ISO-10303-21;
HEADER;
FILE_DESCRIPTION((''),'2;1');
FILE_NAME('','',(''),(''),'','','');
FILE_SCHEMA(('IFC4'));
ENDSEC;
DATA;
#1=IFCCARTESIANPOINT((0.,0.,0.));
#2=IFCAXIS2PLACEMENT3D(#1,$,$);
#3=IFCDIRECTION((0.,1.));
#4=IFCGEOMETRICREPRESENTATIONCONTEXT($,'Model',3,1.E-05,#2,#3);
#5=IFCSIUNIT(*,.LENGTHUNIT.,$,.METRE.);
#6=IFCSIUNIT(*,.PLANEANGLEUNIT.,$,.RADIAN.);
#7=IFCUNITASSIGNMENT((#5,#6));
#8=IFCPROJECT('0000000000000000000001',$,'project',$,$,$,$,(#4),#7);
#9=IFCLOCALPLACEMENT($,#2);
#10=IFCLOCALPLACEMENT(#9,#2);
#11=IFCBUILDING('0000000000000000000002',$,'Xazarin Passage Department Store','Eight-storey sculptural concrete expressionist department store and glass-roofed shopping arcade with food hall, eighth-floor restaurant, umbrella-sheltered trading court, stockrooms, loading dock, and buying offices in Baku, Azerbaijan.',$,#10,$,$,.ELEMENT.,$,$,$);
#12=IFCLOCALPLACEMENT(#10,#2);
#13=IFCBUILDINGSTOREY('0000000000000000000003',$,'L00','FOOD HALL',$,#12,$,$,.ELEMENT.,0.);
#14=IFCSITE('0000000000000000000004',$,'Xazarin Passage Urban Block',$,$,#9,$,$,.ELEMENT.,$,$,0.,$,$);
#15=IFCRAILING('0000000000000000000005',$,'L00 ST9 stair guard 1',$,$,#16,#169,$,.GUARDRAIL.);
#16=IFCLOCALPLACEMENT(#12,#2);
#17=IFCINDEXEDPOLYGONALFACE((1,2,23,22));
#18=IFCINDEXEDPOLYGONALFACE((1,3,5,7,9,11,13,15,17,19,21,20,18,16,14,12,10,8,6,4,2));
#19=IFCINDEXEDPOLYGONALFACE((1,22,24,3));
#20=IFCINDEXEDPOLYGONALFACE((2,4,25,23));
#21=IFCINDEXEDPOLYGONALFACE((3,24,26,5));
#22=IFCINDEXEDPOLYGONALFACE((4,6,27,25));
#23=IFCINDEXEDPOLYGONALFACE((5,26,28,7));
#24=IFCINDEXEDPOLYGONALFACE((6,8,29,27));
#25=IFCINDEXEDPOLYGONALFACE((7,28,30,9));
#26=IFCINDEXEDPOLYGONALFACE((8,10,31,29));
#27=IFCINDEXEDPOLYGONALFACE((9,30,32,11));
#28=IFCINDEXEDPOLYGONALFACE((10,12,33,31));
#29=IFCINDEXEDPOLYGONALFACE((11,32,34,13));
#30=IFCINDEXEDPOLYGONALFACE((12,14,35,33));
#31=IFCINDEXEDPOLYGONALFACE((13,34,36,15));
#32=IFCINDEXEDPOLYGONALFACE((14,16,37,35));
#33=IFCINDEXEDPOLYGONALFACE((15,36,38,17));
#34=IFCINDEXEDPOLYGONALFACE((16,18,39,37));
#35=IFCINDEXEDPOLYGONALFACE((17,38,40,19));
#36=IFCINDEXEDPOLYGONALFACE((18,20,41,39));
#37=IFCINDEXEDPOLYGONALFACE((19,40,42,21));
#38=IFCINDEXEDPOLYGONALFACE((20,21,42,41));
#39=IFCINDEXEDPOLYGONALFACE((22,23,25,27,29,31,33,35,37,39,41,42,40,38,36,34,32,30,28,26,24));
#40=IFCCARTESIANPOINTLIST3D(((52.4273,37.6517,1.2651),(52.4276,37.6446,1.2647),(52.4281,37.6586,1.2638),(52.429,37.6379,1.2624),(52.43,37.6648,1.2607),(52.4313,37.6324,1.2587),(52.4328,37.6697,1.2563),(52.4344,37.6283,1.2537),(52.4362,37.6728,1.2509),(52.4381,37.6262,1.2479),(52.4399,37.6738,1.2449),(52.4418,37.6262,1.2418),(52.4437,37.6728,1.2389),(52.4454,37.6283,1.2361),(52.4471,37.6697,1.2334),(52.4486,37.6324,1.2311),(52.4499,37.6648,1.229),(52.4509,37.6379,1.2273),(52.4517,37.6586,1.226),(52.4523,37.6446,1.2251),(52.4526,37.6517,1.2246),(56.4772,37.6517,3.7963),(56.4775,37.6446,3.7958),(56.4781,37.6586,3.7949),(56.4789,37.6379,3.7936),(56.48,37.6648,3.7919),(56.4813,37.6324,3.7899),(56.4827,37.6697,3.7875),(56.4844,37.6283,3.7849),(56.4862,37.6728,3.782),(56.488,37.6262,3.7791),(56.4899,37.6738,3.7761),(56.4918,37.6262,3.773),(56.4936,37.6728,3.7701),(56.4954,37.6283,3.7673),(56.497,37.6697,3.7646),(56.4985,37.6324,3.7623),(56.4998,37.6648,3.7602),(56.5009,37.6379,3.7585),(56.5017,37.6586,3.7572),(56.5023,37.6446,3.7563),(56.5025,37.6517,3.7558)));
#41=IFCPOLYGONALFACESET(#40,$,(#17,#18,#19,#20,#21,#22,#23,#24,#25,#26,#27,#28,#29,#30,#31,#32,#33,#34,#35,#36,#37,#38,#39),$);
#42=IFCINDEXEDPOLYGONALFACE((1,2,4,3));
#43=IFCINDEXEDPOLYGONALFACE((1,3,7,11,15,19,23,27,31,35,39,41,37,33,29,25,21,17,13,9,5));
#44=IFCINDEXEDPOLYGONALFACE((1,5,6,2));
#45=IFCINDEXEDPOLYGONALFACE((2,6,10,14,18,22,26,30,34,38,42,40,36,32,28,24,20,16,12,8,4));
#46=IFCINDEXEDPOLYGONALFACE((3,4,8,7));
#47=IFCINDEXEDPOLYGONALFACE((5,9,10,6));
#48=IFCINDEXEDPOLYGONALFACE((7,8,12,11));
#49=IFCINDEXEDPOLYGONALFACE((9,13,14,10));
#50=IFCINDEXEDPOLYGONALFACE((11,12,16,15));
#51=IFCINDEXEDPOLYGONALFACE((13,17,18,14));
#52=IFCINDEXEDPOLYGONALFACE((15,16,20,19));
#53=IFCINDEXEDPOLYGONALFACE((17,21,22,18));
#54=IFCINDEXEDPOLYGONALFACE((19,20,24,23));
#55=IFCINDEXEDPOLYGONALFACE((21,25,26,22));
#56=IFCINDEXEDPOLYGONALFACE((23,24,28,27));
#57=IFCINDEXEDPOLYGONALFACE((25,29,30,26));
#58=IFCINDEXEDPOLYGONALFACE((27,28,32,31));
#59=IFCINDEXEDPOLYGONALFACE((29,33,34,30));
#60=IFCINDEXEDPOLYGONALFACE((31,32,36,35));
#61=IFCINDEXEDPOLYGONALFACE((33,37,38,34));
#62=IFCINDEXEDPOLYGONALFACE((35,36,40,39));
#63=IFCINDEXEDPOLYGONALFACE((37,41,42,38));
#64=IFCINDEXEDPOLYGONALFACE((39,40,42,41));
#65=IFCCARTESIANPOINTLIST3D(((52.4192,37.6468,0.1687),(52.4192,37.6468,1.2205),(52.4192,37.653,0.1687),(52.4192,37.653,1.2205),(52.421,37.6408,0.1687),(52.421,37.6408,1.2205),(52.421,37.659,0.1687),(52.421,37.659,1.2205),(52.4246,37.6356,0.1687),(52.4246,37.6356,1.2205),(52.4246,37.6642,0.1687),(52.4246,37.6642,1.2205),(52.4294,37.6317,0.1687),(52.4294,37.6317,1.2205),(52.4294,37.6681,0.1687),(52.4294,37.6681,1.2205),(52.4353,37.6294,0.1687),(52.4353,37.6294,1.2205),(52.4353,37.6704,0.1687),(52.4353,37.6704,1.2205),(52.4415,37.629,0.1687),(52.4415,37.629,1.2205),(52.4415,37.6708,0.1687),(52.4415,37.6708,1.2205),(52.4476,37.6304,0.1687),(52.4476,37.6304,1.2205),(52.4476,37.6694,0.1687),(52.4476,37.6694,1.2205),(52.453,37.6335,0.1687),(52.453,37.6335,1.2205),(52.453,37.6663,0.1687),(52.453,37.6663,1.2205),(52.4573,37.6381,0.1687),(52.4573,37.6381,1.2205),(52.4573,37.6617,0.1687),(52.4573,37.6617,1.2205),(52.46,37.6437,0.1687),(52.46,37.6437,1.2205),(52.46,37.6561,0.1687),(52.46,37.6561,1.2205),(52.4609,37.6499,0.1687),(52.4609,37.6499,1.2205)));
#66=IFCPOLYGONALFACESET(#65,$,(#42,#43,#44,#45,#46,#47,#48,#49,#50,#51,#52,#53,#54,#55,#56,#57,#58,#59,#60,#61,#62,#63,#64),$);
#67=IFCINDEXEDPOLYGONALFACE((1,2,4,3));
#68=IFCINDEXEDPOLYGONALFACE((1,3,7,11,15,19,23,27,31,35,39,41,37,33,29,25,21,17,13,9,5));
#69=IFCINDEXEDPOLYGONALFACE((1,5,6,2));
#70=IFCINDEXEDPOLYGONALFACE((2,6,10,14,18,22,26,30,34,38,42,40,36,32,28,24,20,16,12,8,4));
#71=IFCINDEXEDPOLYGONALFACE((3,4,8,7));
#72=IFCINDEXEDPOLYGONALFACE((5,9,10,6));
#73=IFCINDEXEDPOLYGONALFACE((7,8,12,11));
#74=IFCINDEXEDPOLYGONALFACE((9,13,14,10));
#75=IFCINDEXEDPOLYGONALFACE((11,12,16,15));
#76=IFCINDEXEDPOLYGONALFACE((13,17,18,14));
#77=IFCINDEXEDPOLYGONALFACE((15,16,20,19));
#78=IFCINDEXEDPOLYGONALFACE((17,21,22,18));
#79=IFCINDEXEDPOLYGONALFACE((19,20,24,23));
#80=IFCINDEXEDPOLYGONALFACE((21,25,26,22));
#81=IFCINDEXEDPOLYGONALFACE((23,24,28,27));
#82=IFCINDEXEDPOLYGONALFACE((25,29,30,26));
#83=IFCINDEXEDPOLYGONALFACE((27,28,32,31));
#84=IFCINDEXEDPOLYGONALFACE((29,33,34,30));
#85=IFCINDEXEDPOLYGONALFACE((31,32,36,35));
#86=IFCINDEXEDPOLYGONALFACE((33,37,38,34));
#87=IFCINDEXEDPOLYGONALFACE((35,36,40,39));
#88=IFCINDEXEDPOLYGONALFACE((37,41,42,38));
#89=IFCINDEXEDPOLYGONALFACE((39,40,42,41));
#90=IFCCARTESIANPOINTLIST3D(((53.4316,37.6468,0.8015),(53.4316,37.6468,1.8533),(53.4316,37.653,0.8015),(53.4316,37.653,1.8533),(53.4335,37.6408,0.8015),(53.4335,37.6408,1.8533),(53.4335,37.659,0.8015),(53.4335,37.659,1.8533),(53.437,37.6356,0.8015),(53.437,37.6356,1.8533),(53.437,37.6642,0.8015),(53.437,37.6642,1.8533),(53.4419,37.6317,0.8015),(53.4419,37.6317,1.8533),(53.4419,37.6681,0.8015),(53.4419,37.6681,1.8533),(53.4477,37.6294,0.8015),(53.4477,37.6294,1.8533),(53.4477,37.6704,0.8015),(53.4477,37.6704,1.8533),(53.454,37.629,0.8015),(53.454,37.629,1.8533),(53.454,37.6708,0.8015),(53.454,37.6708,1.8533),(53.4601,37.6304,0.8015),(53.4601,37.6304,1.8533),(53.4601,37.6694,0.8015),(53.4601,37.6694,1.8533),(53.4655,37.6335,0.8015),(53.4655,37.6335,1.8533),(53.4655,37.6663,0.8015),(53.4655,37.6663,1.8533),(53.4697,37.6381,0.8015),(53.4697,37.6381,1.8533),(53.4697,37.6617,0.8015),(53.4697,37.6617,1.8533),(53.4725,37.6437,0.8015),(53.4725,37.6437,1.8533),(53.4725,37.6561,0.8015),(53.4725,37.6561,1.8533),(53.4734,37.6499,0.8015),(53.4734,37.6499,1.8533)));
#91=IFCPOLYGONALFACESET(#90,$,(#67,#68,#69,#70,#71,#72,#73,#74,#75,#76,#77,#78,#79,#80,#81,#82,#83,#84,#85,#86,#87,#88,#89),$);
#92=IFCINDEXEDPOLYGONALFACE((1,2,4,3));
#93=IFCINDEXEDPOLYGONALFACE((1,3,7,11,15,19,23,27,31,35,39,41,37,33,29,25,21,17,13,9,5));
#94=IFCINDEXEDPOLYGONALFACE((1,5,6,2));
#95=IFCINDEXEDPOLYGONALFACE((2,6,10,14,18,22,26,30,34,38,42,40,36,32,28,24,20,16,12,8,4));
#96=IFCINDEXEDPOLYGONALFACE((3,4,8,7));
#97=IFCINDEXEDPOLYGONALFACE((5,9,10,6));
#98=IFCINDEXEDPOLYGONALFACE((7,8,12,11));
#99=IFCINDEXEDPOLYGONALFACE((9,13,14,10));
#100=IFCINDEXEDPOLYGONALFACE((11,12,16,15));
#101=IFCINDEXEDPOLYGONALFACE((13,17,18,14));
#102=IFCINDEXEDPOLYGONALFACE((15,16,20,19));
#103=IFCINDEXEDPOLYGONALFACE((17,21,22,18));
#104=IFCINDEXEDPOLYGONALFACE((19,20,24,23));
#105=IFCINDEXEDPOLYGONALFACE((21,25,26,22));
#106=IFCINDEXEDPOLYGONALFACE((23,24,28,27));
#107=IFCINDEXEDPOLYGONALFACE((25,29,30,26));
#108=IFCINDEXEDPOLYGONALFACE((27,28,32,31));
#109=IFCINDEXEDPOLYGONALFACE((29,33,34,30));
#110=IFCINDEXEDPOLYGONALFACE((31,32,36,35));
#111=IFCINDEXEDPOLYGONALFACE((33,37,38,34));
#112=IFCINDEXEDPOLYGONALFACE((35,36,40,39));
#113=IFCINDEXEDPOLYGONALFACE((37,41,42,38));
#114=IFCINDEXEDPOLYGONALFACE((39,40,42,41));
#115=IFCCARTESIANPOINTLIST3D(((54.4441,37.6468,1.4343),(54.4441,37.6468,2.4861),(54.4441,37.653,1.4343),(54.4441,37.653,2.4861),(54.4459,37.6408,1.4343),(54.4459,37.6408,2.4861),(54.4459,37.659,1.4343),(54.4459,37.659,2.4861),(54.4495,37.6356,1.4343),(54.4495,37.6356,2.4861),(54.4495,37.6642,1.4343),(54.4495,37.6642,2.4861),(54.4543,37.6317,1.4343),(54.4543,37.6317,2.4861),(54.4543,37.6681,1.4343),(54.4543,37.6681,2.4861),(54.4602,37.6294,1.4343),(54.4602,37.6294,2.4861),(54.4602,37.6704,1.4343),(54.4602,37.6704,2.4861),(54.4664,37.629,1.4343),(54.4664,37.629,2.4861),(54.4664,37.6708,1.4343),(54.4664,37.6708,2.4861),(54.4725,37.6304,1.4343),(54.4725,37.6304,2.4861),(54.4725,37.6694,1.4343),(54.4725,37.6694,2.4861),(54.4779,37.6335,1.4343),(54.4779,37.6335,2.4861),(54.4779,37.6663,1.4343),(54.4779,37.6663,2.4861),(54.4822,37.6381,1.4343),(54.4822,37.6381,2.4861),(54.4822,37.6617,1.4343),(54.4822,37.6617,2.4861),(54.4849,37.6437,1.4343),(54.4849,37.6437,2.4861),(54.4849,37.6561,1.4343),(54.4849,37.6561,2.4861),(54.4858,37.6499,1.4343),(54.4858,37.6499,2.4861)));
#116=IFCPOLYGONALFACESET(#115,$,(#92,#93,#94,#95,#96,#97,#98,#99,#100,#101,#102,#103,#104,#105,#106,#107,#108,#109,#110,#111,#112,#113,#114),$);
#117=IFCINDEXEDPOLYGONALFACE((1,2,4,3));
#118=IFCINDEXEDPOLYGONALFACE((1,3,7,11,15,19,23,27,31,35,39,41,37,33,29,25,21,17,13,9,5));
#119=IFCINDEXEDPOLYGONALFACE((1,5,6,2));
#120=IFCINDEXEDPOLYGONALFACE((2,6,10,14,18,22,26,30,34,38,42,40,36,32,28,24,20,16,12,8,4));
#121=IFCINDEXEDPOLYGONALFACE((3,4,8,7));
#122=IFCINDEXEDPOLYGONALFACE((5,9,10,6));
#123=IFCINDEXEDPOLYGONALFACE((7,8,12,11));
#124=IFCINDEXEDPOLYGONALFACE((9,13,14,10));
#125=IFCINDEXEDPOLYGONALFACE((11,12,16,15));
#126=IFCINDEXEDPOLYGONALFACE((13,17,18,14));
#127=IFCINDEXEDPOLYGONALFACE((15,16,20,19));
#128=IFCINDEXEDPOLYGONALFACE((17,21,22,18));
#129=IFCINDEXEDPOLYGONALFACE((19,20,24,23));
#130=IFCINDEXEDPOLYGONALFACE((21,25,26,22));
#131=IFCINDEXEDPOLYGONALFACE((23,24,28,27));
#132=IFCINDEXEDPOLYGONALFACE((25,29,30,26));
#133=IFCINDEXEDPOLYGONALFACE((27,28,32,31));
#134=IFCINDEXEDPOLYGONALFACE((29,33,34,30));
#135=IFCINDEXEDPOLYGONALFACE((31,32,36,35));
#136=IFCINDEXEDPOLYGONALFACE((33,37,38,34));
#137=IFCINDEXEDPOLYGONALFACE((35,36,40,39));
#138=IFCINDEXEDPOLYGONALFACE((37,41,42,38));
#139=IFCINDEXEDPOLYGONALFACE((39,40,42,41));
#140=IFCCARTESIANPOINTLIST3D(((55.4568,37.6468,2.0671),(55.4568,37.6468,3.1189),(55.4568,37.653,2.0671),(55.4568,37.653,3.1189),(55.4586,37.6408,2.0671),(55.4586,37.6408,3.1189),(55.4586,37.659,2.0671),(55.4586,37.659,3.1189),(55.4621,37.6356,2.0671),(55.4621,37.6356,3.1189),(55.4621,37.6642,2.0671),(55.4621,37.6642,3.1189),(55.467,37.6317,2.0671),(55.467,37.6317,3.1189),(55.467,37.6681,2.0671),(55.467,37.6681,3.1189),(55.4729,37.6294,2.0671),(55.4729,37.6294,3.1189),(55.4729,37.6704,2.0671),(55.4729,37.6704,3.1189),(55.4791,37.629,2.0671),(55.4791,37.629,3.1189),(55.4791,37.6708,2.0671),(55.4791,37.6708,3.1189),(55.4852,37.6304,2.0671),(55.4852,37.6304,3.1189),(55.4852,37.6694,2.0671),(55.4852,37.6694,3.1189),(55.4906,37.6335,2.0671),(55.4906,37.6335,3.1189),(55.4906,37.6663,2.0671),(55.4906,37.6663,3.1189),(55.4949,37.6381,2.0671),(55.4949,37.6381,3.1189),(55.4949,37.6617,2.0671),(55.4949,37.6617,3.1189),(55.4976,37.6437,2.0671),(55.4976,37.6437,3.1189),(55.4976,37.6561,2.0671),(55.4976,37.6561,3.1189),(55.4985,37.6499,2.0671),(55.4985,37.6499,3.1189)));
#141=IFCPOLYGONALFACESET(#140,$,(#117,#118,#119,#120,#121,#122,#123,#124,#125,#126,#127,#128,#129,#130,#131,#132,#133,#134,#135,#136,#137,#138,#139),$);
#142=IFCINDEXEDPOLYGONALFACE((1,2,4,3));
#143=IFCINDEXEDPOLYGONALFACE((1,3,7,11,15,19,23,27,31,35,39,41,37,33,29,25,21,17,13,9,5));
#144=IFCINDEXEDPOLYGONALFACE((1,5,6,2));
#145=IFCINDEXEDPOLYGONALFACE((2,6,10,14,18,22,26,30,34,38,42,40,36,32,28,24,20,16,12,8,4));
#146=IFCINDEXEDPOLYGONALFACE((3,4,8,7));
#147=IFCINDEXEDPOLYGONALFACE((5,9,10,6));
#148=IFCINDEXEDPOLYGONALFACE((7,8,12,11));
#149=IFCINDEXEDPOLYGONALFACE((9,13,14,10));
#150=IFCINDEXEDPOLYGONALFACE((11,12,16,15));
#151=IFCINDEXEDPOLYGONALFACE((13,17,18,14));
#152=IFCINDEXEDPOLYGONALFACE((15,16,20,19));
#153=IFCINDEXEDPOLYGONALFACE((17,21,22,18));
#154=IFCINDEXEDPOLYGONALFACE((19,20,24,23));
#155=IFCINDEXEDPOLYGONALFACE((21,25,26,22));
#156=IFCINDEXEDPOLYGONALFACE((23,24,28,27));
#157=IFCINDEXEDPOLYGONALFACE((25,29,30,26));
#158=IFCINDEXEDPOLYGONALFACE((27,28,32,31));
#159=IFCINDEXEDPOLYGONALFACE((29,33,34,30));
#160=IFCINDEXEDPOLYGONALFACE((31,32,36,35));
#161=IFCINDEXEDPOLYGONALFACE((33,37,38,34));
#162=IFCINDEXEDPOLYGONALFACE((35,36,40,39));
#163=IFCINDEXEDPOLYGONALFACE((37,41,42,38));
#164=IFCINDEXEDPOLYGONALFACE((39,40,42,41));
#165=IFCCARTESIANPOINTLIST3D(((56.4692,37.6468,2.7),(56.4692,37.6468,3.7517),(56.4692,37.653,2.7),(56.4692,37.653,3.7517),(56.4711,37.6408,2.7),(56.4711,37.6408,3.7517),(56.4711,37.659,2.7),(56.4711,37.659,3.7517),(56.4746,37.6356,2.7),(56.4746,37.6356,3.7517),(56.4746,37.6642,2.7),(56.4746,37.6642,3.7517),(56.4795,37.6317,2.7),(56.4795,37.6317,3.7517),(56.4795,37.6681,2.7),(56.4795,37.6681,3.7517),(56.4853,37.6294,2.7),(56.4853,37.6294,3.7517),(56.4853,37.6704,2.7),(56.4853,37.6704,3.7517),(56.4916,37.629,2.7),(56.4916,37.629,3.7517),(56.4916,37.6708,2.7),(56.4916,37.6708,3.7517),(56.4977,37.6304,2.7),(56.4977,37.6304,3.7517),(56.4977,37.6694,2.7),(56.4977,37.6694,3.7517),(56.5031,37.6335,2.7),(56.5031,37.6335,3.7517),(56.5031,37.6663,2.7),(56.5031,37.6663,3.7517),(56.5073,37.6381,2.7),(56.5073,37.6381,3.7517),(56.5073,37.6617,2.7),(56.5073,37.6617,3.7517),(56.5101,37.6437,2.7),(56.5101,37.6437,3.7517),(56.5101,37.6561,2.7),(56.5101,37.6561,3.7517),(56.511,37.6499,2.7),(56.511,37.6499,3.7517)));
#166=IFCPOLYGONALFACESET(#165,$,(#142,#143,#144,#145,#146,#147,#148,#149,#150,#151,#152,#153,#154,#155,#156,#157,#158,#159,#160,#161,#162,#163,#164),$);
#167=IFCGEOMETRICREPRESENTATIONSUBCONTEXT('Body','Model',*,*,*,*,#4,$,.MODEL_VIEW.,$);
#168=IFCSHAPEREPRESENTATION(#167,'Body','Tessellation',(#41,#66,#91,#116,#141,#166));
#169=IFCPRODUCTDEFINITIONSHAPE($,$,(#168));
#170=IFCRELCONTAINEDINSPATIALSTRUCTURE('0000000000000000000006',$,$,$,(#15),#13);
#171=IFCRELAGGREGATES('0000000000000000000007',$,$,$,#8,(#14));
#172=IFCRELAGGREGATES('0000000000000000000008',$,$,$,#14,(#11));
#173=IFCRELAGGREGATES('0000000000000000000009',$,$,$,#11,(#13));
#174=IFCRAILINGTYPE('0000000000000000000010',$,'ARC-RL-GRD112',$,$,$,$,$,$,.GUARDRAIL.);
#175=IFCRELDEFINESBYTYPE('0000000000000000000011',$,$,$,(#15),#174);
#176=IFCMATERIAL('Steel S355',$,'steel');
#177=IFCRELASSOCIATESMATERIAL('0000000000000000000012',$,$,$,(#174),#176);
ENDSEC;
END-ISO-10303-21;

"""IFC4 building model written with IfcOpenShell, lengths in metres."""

from ifc_helpers import new_model, si_unit, direction, frame, origin, origin_2d, place, context, subcontext, project, spatial, circle, extrude, material, type_object, element, save


model = new_model("IFC4")

# Units and contexts
model_context = context("Model", 3, precision=1e-05, world=origin(), true_north=direction((0.0, 1.0)))
body_context = subcontext(model_context, "Body", "Model", "MODEL_VIEW")
ifc_project = project(units=[si_unit("LENGTHUNIT", "METRE"), si_unit("PLANEANGLEUNIT", "RADIAN")], contexts=[model_context])

# Site, building, storey
site_placement = place(None, origin())
site = spatial("IfcSite", under=ifc_project, at=site_placement, Name="Xazarin Passage Urban Block", CompositionType="ELEMENT", RefElevation=0.0)
building_placement = place(site_placement, origin())
building = spatial("IfcBuilding", under=site, at=building_placement, Name="Xazarin Passage Department Store", Description="Eight-storey sculptural concrete expressionist department store and glass-roofed shopping arcade with food hall, eighth-floor restaurant, umbrella-sheltered trading court, stockrooms, loading dock, and buying offices in Baku, Azerbaijan.", CompositionType="ELEMENT")
storey_placement = place(building_placement, origin())
storey = spatial("IfcBuildingStorey", under=building, at=storey_placement, Name="L00", Description="FOOD HALL", CompositionType="ELEMENT", Elevation=0.0)

# Shared definitions
ifc_material_1 = material(Name="Steel S355", Category="steel")

# Railing
railing_type_1 = type_object("IfcRailingType", Name="ARC-RL-GRD112", PredefinedType="GUARDRAIL", material=ifc_material_1)
railing_1_placement = place(storey_placement, frame((52.4399, 37.6499, 0.1687)))
element("IfcRailing", 1, at=railing_1_placement, inside=storey, type_object=railing_type_1, Name="L00 ST9 stair guard 1", PredefinedType="GUARDRAIL", context=body_context, shape_type="SweptSolid", body=[
    extrude(circle(Radius=0.0239, at=origin_2d()), frame((0.0, 0.0, 1.0762), z_axis=(0.848001, 0.0, 0.529994), x_axis=(0.0, 1.0, 0.0)), (0.0, 0.0, 1.0), 4.7759),
    extrude(circle(Radius=0.021, at=origin_2d()), origin(), (0.0, 0.0, 1.0), 1.0518),
    extrude(circle(Radius=0.021, at=origin_2d()), frame((1.0125, 0.0, 0.6328)), (0.0, 0.0, 1.0), 1.0518),
    extrude(circle(Radius=0.021, at=origin_2d()), frame((2.0249, 0.0, 1.2656)), (0.0, 0.0, 1.0), 1.0518),
    extrude(circle(Radius=0.021, at=origin_2d()), frame((3.0376, 0.0, 1.8984)), (0.0, 0.0, 1.0), 1.0518),
    extrude(circle(Radius=0.021, at=origin_2d()), frame((4.05, 0.0, 2.5312)), (0.0, 0.0, 1.0), 1.0518),
])

save(model, "model.ifc")
